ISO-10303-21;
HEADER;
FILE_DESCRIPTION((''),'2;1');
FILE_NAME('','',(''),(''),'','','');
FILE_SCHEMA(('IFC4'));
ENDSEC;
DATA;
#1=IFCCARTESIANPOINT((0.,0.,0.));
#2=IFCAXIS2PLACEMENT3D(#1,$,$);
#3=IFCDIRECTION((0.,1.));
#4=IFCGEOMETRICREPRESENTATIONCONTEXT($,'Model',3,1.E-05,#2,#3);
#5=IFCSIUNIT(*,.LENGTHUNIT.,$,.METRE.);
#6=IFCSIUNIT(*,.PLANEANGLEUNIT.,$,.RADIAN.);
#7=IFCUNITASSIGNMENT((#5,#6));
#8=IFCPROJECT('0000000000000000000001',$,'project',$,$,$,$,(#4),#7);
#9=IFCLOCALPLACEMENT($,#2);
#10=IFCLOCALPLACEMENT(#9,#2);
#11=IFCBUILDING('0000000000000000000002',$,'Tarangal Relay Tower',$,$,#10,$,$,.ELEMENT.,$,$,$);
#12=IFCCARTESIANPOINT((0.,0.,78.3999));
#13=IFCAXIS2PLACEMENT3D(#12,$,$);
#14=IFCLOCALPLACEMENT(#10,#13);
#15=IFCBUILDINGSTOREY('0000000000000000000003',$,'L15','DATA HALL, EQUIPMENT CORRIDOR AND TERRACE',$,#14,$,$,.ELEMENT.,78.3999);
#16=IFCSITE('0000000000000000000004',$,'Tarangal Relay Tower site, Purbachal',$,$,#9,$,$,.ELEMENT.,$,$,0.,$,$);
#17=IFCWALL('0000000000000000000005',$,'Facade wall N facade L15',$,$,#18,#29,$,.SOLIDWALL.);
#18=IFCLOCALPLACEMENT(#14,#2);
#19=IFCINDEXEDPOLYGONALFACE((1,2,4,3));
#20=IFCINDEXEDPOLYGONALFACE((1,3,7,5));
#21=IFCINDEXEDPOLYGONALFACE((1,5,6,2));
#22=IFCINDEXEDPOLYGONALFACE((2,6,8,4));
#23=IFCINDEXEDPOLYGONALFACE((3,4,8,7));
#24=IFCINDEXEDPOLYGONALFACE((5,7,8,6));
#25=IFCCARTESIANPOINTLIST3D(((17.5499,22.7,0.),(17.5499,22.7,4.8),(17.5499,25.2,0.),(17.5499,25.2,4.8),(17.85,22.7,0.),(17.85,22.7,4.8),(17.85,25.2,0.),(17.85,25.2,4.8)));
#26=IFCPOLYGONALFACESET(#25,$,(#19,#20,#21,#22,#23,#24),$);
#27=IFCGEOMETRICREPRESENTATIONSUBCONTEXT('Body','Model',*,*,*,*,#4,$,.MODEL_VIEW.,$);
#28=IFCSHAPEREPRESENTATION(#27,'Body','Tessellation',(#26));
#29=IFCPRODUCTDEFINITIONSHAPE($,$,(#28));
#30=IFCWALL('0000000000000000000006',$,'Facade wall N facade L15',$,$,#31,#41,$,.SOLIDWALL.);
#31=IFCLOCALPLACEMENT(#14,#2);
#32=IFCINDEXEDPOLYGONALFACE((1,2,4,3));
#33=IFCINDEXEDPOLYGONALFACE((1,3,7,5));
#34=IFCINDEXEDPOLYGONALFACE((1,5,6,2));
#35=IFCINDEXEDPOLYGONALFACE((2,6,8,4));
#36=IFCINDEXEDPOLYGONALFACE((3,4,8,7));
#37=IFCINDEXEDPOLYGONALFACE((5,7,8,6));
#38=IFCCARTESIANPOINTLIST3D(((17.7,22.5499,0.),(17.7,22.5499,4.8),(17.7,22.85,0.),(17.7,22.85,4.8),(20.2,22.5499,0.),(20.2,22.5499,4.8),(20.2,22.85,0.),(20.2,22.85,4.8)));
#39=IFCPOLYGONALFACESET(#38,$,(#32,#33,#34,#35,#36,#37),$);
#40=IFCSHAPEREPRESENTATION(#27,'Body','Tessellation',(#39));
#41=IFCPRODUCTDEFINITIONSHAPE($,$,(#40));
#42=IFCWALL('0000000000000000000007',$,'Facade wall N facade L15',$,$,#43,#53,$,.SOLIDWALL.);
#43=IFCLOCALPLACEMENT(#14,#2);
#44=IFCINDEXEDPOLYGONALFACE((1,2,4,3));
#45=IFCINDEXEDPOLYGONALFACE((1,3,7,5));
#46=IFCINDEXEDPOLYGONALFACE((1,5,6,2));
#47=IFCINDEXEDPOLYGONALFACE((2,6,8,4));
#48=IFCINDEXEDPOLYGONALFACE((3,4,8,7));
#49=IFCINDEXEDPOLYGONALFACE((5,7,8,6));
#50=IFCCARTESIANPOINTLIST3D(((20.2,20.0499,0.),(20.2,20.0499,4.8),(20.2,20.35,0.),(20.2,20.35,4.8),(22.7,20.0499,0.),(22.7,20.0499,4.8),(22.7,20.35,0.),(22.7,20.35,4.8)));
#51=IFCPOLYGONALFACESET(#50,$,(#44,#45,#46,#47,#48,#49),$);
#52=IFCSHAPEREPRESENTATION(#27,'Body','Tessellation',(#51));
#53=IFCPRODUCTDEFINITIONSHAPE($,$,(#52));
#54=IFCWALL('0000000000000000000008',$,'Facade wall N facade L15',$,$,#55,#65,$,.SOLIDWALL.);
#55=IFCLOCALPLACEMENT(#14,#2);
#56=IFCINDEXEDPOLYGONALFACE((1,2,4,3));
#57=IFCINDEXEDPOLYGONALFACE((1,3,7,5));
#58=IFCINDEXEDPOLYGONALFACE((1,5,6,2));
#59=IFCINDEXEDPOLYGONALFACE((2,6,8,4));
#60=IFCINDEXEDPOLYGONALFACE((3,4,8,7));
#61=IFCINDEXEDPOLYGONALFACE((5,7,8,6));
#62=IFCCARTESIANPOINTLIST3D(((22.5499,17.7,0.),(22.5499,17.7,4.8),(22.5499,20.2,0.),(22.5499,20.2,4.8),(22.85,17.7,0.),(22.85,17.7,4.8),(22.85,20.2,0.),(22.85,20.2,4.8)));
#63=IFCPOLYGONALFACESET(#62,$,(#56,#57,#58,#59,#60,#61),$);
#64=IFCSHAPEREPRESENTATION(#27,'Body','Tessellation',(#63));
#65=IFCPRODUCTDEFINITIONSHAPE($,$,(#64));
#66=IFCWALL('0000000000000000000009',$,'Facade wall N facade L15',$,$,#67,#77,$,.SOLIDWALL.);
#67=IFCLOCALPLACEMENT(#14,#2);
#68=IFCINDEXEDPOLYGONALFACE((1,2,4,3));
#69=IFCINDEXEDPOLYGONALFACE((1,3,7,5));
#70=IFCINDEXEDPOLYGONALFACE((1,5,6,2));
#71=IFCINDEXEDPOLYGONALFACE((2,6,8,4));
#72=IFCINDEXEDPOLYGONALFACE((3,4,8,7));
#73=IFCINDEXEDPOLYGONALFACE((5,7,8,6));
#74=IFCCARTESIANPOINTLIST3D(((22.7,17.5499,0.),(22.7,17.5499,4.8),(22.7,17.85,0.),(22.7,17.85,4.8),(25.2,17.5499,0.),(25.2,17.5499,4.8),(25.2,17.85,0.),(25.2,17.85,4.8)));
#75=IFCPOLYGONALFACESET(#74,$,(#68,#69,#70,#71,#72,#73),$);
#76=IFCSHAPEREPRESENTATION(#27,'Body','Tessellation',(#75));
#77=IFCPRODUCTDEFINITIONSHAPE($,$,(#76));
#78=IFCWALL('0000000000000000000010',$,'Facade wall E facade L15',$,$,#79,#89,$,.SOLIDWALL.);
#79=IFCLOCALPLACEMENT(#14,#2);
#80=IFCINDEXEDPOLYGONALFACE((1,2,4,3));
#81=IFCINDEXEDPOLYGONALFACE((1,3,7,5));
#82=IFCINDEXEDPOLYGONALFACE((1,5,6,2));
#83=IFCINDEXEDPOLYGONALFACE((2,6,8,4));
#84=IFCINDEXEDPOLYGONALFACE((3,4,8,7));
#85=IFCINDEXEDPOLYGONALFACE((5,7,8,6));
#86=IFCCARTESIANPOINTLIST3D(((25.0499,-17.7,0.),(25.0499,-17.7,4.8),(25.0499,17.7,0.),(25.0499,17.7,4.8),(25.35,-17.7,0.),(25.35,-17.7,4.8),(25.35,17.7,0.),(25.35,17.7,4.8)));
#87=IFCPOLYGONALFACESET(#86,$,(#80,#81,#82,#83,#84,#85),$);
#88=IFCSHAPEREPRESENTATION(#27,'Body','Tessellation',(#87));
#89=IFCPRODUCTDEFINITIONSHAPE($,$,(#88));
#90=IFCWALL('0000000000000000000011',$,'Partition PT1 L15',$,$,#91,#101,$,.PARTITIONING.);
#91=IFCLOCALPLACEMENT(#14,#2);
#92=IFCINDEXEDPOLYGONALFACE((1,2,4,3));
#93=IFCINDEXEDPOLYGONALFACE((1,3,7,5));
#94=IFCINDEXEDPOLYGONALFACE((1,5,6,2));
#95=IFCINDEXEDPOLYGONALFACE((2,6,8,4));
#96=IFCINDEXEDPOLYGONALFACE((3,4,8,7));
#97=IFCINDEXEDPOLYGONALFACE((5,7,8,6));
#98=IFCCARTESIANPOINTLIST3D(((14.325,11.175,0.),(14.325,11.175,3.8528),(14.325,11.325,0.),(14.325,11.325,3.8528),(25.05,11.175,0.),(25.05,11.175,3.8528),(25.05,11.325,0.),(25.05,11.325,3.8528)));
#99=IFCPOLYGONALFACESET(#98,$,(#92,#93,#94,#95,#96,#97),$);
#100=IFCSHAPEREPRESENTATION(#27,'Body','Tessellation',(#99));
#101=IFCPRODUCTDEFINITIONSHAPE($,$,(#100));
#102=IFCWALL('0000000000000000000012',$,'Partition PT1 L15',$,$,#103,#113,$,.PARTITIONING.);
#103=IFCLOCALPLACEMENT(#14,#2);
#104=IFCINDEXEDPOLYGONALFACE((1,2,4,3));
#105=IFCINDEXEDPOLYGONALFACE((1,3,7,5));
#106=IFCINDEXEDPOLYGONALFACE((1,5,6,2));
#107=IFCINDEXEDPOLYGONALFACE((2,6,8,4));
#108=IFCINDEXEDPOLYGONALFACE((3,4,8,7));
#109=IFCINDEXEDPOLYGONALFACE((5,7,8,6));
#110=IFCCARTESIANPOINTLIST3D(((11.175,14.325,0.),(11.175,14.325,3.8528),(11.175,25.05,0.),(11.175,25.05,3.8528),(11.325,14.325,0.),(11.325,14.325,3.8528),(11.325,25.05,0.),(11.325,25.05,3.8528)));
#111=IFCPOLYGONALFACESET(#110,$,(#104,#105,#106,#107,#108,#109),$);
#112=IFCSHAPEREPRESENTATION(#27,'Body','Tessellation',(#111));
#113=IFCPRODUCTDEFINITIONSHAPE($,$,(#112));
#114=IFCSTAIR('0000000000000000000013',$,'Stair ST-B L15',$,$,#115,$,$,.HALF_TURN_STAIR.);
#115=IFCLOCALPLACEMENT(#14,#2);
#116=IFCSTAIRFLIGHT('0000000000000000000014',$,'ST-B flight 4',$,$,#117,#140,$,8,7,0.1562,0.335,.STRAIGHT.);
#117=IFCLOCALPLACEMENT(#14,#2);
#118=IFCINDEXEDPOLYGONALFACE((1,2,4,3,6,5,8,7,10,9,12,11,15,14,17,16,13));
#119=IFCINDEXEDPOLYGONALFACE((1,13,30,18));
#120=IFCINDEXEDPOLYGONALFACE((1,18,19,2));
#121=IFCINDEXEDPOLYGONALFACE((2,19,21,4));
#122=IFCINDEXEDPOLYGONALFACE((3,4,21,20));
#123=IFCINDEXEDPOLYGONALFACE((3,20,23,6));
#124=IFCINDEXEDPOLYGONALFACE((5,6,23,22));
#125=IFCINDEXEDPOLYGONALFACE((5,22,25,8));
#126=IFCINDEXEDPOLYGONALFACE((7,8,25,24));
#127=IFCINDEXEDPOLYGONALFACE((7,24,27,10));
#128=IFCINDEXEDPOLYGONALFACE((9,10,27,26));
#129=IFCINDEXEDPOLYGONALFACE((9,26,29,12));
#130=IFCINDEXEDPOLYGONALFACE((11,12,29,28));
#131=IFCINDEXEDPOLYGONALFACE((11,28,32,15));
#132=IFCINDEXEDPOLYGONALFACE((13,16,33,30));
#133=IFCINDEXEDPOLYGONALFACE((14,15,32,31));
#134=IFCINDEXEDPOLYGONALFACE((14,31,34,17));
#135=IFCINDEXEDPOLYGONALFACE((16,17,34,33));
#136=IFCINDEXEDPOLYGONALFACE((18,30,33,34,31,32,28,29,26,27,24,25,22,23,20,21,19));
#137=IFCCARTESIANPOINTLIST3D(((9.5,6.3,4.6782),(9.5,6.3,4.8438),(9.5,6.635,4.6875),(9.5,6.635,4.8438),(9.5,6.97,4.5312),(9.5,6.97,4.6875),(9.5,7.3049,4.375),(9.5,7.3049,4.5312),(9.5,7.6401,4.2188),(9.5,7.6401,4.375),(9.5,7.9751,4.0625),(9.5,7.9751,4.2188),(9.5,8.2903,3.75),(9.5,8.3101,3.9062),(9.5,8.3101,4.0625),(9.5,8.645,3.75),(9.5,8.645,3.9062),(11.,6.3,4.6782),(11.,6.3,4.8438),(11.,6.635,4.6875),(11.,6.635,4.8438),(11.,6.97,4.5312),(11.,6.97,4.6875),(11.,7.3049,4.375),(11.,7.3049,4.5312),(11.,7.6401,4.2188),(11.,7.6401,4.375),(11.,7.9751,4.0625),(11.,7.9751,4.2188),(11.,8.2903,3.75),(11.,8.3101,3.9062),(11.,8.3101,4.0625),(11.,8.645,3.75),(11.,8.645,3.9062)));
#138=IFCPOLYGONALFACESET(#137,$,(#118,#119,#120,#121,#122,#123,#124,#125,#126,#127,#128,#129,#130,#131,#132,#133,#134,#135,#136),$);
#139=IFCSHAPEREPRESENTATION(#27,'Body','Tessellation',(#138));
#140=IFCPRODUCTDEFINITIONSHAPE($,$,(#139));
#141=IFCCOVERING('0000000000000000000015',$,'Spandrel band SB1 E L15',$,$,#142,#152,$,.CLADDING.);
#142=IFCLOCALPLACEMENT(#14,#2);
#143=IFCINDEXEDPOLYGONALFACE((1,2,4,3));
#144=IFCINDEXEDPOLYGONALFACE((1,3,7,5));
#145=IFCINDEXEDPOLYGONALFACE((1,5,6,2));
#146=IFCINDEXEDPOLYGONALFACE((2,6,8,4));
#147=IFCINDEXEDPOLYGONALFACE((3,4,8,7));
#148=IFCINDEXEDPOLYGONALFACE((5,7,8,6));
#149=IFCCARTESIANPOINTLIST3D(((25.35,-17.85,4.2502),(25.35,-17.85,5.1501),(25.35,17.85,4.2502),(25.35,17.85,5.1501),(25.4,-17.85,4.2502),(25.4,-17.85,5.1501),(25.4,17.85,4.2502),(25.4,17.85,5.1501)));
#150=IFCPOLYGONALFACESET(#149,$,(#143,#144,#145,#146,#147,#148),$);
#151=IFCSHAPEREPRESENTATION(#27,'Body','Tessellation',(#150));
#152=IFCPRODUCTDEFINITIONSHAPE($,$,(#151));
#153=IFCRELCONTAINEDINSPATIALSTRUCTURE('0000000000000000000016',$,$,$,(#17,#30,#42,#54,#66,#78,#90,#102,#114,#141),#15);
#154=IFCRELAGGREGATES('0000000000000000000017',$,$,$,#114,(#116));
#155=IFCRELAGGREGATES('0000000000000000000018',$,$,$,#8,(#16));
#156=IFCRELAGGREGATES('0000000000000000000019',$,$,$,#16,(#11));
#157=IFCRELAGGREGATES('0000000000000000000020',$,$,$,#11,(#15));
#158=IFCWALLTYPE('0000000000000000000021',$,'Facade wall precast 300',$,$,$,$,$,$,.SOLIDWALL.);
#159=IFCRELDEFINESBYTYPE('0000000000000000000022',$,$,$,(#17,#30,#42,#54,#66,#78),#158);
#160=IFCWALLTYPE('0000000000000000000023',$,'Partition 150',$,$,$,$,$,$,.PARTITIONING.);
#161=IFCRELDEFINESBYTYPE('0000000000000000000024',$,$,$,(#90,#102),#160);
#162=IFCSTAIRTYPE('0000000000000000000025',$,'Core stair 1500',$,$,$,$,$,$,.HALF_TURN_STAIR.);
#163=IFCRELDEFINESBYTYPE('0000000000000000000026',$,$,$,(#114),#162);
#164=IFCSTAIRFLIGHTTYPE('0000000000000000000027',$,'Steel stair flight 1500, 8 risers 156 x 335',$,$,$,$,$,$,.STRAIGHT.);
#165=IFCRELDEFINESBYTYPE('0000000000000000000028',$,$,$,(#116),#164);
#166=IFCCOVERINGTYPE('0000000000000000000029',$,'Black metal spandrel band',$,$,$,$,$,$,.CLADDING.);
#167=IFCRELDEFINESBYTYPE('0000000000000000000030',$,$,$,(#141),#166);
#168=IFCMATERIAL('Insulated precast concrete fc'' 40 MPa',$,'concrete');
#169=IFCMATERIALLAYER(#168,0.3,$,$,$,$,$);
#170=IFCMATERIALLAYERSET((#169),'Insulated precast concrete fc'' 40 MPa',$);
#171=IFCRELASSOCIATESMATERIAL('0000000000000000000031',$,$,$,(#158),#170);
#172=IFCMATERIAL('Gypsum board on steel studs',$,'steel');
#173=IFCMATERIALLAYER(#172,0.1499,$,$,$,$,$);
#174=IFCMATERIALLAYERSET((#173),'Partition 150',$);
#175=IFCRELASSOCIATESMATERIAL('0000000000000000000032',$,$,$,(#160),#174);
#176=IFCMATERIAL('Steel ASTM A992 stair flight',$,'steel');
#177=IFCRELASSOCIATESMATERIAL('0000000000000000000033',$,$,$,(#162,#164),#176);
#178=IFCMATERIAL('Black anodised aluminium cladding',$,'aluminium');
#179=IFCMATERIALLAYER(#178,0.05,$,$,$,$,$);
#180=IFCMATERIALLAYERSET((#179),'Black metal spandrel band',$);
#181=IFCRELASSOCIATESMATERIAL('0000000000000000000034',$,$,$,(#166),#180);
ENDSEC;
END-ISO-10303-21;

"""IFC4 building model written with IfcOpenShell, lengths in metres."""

from ifc_helpers import new_model, si_unit, direction, frame, frame_2d, origin, origin_2d, place, context, subcontext, project, spatial, polyline, rectangle, outline, extrude, material, layer, layer_set, type_object, element, aggregate, save


model = new_model("IFC4")

# Units and contexts
model_context = context("Model", 3, precision=1e-05, world=origin(), true_north=direction((0.0, 1.0)))
body_context = subcontext(model_context, "Body", "Model", "MODEL_VIEW")
ifc_project = project(units=[si_unit("LENGTHUNIT", "METRE"), si_unit("PLANEANGLEUNIT", "RADIAN")], contexts=[model_context])

# Site, building, storey
site_placement = place(None, origin())
site = spatial("IfcSite", under=ifc_project, at=site_placement, Name="Tarangal Relay Tower site, Purbachal", CompositionType="ELEMENT", RefElevation=0.0)
building_placement = place(site_placement, origin())
building = spatial("IfcBuilding", under=site, at=building_placement, Name="Tarangal Relay Tower", CompositionType="ELEMENT")
storey_placement = place(building_placement, frame((0.0, 0.0, 78.3999)))
storey = spatial("IfcBuildingStorey", under=building, at=storey_placement, Name="L15", Description="DATA HALL, EQUIPMENT CORRIDOR AND TERRACE", CompositionType="ELEMENT", Elevation=78.3999)

# Walls
ifc_material_1 = material(Name="Insulated precast concrete fc' 40 MPa", Category="concrete")
ifc_layer_1 = layer(ifc_material_1, 0.3)
ifc_layer_set_1 = layer_set([ifc_layer_1], Name="Insulated precast concrete fc' 40 MPa")
wall_type_1 = type_object("IfcWallType", Name="Facade wall precast 300", PredefinedType="SOLIDWALL", material=ifc_layer_set_1)
for number, where, z_axis, x_axis, name in (
    (1, (17.7, 25.2, 0.0), (0.0, 0.0, 1.0), (0.0, -1.0, 0.0), "Facade wall N facade L15"),
    (2, (17.7, 22.7, 0.0), (0.0, 0.0, 1.0), (1.0, 0.0, 0.0), "Facade wall N facade L15"),
):
    element("IfcWall", number, at=place(storey_placement, frame(where, z_axis=z_axis, x_axis=x_axis)), inside=storey, type_object=wall_type_1, Name=name, PredefinedType="SOLIDWALL", context=body_context, shape_type="SweptSolid", body=[
        extrude(rectangle(XDim=2.5, YDim=0.3, at=frame_2d((1.25, 0.0))), origin(), (0.0, 0.0, 1.0), 4.8),
    ])

# Walls
for number, where, z_axis, x_axis, name in (
    (3, (20.2, 20.2, 0.0), (0.0, 0.0, 1.0), (1.0, 0.0, 0.0), "Facade wall N facade L15"),
    (4, (22.7, 20.2, 0.0), (0.0, 0.0, 1.0), (0.0, -1.0, 0.0), "Facade wall N facade L15"),
    (5, (22.7, 17.7, 0.0), (0.0, 0.0, 1.0), (1.0, 0.0, 0.0), "Facade wall N facade L15"),
):
    element("IfcWall", number, at=place(storey_placement, frame(where, z_axis=z_axis, x_axis=x_axis)), inside=storey, type_object=wall_type_1, Name=name, PredefinedType="SOLIDWALL", context=body_context, shape_type="SweptSolid", body=[
        extrude(rectangle(XDim=2.5, YDim=0.3, at=frame_2d((1.25, 0.0))), origin(), (0.0, 0.0, 1.0), 4.8),
    ])
wall_1_placement = place(storey_placement, frame((25.2, 17.7, 0.0), z_axis=(0.0, 0.0, 1.0), x_axis=(0.0, -1.0, 0.0)))
element("IfcWall", 6, at=wall_1_placement, inside=storey, type_object=wall_type_1, Name="Facade wall E facade L15", PredefinedType="SOLIDWALL", context=body_context, shape_type="SweptSolid", body=[
    extrude(rectangle(XDim=35.3999, YDim=0.3, at=frame_2d((17.7, 0.0))), origin(), (0.0, 0.0, 1.0), 4.8),
])
ifc_material_2 = material(Name="Gypsum board on steel studs", Category="steel")
ifc_layer_2 = layer(ifc_material_2, 0.1499)
ifc_layer_set_2 = layer_set([ifc_layer_2], Name="Partition 150")
wall_type_2 = type_object("IfcWallType", Name="Partition 150", PredefinedType="PARTITIONING", material=ifc_layer_set_2)
for number, where, z_axis, x_axis, name in (
    (7, (14.325, 11.25, 0.0), (0.0, 0.0, 1.0), (1.0, 0.0, 0.0), "Partition PT1 L15"),
    (8, (11.25, 14.325, 0.0), (0.0, 0.0, 1.0), (0.0, 1.0, 0.0), "Partition PT1 L15"),
):
    element("IfcWall", number, at=place(storey_placement, frame(where, z_axis=z_axis, x_axis=x_axis)), inside=storey, type_object=wall_type_2, Name=name, PredefinedType="PARTITIONING", context=body_context, shape_type="SweptSolid", body=[
        extrude(rectangle(XDim=10.7251, YDim=0.1499, at=frame_2d((5.3625, 0.0))), origin(), (0.0, 0.0, 1.0), 3.8528),
    ])

# Stair, stair flight
ifc_material_3 = material(Name="Steel ASTM A992 stair flight", Category="steel")
stair_type = type_object("IfcStairType", Name="Core stair 1500", PredefinedType="HALF_TURN_STAIR", material=ifc_material_3)
stair_placement = place(storey_placement, origin())
stair = element("IfcStair", 9, at=stair_placement, inside=storey, type_object=stair_type, Name="Stair ST-B L15", PredefinedType="HALF_TURN_STAIR")
stair_flight_type = type_object("IfcStairFlightType", Name="Steel stair flight 1500, 8 risers 156 x 335", PredefinedType="STRAIGHT", material=ifc_material_3)
stair_flight_placement = place(storey_placement, frame((10.25, 8.645, 3.75), z_axis=(0.0, 0.0, 1.0), x_axis=(0.0, -1.0, 0.0)))
stair_flight = element("IfcStairFlight", 10, at=stair_flight_placement, type_object=stair_flight_type, Name="ST-B flight 4", NumberOfRisers=8, NumberOfTreads=7, PredefinedType="STRAIGHT", RiserHeight=0.1562, TreadLength=0.335, context=body_context, shape_type="SweptSolid", body=[
    extrude(outline(polyline([(0.0, 0.0), (0.0, 0.1562), (0.335, 0.1562), (0.335, 0.3125), (0.6699, 0.3125), (0.6699, 0.4688), (1.0049, 0.4688), (1.0049, 0.625), (1.3401, 0.625), (1.3401, 0.7812), (1.675, 0.7812), (1.675, 0.9375), (2.01, 0.9375), (2.01, 1.0938), (2.345, 1.0938), (2.345, 1.25), (2.345, 0.9282), (0.3547, 0.0), (0.0, 0.0)])), frame((0.0, 0.75, 0.0), z_axis=(0.0, -1.0, 0.0), x_axis=(1.0, 0.0, 0.0)), (0.0, 0.0, 1.0), 1.5),
])
aggregate(stair, [stair_flight])

# Covering
ifc_material_4 = material(Name="Black anodised aluminium cladding", Category="aluminium")
ifc_layer_3 = layer(ifc_material_4, 0.05)
ifc_layer_set_3 = layer_set([ifc_layer_3], Name="Black metal spandrel band")
covering_type = type_object("IfcCoveringType", Name="Black metal spandrel band", PredefinedType="CLADDING", material=ifc_layer_set_3)
covering_placement = place(storey_placement, frame((25.375, 0.0, 4.2502), z_axis=(0.0, 0.0, 1.0), x_axis=(0.0, -1.0, 0.0)))
element("IfcCovering", 11, at=covering_placement, inside=storey, type_object=covering_type, Name="Spandrel band SB1 E L15", PredefinedType="CLADDING", context=body_context, shape_type="SweptSolid", body=[
    extrude(rectangle(XDim=35.7, YDim=0.05, at=origin_2d()), origin(), (0.0, 0.0, 1.0), 0.8999),
])

save(model, "model.ifc")
